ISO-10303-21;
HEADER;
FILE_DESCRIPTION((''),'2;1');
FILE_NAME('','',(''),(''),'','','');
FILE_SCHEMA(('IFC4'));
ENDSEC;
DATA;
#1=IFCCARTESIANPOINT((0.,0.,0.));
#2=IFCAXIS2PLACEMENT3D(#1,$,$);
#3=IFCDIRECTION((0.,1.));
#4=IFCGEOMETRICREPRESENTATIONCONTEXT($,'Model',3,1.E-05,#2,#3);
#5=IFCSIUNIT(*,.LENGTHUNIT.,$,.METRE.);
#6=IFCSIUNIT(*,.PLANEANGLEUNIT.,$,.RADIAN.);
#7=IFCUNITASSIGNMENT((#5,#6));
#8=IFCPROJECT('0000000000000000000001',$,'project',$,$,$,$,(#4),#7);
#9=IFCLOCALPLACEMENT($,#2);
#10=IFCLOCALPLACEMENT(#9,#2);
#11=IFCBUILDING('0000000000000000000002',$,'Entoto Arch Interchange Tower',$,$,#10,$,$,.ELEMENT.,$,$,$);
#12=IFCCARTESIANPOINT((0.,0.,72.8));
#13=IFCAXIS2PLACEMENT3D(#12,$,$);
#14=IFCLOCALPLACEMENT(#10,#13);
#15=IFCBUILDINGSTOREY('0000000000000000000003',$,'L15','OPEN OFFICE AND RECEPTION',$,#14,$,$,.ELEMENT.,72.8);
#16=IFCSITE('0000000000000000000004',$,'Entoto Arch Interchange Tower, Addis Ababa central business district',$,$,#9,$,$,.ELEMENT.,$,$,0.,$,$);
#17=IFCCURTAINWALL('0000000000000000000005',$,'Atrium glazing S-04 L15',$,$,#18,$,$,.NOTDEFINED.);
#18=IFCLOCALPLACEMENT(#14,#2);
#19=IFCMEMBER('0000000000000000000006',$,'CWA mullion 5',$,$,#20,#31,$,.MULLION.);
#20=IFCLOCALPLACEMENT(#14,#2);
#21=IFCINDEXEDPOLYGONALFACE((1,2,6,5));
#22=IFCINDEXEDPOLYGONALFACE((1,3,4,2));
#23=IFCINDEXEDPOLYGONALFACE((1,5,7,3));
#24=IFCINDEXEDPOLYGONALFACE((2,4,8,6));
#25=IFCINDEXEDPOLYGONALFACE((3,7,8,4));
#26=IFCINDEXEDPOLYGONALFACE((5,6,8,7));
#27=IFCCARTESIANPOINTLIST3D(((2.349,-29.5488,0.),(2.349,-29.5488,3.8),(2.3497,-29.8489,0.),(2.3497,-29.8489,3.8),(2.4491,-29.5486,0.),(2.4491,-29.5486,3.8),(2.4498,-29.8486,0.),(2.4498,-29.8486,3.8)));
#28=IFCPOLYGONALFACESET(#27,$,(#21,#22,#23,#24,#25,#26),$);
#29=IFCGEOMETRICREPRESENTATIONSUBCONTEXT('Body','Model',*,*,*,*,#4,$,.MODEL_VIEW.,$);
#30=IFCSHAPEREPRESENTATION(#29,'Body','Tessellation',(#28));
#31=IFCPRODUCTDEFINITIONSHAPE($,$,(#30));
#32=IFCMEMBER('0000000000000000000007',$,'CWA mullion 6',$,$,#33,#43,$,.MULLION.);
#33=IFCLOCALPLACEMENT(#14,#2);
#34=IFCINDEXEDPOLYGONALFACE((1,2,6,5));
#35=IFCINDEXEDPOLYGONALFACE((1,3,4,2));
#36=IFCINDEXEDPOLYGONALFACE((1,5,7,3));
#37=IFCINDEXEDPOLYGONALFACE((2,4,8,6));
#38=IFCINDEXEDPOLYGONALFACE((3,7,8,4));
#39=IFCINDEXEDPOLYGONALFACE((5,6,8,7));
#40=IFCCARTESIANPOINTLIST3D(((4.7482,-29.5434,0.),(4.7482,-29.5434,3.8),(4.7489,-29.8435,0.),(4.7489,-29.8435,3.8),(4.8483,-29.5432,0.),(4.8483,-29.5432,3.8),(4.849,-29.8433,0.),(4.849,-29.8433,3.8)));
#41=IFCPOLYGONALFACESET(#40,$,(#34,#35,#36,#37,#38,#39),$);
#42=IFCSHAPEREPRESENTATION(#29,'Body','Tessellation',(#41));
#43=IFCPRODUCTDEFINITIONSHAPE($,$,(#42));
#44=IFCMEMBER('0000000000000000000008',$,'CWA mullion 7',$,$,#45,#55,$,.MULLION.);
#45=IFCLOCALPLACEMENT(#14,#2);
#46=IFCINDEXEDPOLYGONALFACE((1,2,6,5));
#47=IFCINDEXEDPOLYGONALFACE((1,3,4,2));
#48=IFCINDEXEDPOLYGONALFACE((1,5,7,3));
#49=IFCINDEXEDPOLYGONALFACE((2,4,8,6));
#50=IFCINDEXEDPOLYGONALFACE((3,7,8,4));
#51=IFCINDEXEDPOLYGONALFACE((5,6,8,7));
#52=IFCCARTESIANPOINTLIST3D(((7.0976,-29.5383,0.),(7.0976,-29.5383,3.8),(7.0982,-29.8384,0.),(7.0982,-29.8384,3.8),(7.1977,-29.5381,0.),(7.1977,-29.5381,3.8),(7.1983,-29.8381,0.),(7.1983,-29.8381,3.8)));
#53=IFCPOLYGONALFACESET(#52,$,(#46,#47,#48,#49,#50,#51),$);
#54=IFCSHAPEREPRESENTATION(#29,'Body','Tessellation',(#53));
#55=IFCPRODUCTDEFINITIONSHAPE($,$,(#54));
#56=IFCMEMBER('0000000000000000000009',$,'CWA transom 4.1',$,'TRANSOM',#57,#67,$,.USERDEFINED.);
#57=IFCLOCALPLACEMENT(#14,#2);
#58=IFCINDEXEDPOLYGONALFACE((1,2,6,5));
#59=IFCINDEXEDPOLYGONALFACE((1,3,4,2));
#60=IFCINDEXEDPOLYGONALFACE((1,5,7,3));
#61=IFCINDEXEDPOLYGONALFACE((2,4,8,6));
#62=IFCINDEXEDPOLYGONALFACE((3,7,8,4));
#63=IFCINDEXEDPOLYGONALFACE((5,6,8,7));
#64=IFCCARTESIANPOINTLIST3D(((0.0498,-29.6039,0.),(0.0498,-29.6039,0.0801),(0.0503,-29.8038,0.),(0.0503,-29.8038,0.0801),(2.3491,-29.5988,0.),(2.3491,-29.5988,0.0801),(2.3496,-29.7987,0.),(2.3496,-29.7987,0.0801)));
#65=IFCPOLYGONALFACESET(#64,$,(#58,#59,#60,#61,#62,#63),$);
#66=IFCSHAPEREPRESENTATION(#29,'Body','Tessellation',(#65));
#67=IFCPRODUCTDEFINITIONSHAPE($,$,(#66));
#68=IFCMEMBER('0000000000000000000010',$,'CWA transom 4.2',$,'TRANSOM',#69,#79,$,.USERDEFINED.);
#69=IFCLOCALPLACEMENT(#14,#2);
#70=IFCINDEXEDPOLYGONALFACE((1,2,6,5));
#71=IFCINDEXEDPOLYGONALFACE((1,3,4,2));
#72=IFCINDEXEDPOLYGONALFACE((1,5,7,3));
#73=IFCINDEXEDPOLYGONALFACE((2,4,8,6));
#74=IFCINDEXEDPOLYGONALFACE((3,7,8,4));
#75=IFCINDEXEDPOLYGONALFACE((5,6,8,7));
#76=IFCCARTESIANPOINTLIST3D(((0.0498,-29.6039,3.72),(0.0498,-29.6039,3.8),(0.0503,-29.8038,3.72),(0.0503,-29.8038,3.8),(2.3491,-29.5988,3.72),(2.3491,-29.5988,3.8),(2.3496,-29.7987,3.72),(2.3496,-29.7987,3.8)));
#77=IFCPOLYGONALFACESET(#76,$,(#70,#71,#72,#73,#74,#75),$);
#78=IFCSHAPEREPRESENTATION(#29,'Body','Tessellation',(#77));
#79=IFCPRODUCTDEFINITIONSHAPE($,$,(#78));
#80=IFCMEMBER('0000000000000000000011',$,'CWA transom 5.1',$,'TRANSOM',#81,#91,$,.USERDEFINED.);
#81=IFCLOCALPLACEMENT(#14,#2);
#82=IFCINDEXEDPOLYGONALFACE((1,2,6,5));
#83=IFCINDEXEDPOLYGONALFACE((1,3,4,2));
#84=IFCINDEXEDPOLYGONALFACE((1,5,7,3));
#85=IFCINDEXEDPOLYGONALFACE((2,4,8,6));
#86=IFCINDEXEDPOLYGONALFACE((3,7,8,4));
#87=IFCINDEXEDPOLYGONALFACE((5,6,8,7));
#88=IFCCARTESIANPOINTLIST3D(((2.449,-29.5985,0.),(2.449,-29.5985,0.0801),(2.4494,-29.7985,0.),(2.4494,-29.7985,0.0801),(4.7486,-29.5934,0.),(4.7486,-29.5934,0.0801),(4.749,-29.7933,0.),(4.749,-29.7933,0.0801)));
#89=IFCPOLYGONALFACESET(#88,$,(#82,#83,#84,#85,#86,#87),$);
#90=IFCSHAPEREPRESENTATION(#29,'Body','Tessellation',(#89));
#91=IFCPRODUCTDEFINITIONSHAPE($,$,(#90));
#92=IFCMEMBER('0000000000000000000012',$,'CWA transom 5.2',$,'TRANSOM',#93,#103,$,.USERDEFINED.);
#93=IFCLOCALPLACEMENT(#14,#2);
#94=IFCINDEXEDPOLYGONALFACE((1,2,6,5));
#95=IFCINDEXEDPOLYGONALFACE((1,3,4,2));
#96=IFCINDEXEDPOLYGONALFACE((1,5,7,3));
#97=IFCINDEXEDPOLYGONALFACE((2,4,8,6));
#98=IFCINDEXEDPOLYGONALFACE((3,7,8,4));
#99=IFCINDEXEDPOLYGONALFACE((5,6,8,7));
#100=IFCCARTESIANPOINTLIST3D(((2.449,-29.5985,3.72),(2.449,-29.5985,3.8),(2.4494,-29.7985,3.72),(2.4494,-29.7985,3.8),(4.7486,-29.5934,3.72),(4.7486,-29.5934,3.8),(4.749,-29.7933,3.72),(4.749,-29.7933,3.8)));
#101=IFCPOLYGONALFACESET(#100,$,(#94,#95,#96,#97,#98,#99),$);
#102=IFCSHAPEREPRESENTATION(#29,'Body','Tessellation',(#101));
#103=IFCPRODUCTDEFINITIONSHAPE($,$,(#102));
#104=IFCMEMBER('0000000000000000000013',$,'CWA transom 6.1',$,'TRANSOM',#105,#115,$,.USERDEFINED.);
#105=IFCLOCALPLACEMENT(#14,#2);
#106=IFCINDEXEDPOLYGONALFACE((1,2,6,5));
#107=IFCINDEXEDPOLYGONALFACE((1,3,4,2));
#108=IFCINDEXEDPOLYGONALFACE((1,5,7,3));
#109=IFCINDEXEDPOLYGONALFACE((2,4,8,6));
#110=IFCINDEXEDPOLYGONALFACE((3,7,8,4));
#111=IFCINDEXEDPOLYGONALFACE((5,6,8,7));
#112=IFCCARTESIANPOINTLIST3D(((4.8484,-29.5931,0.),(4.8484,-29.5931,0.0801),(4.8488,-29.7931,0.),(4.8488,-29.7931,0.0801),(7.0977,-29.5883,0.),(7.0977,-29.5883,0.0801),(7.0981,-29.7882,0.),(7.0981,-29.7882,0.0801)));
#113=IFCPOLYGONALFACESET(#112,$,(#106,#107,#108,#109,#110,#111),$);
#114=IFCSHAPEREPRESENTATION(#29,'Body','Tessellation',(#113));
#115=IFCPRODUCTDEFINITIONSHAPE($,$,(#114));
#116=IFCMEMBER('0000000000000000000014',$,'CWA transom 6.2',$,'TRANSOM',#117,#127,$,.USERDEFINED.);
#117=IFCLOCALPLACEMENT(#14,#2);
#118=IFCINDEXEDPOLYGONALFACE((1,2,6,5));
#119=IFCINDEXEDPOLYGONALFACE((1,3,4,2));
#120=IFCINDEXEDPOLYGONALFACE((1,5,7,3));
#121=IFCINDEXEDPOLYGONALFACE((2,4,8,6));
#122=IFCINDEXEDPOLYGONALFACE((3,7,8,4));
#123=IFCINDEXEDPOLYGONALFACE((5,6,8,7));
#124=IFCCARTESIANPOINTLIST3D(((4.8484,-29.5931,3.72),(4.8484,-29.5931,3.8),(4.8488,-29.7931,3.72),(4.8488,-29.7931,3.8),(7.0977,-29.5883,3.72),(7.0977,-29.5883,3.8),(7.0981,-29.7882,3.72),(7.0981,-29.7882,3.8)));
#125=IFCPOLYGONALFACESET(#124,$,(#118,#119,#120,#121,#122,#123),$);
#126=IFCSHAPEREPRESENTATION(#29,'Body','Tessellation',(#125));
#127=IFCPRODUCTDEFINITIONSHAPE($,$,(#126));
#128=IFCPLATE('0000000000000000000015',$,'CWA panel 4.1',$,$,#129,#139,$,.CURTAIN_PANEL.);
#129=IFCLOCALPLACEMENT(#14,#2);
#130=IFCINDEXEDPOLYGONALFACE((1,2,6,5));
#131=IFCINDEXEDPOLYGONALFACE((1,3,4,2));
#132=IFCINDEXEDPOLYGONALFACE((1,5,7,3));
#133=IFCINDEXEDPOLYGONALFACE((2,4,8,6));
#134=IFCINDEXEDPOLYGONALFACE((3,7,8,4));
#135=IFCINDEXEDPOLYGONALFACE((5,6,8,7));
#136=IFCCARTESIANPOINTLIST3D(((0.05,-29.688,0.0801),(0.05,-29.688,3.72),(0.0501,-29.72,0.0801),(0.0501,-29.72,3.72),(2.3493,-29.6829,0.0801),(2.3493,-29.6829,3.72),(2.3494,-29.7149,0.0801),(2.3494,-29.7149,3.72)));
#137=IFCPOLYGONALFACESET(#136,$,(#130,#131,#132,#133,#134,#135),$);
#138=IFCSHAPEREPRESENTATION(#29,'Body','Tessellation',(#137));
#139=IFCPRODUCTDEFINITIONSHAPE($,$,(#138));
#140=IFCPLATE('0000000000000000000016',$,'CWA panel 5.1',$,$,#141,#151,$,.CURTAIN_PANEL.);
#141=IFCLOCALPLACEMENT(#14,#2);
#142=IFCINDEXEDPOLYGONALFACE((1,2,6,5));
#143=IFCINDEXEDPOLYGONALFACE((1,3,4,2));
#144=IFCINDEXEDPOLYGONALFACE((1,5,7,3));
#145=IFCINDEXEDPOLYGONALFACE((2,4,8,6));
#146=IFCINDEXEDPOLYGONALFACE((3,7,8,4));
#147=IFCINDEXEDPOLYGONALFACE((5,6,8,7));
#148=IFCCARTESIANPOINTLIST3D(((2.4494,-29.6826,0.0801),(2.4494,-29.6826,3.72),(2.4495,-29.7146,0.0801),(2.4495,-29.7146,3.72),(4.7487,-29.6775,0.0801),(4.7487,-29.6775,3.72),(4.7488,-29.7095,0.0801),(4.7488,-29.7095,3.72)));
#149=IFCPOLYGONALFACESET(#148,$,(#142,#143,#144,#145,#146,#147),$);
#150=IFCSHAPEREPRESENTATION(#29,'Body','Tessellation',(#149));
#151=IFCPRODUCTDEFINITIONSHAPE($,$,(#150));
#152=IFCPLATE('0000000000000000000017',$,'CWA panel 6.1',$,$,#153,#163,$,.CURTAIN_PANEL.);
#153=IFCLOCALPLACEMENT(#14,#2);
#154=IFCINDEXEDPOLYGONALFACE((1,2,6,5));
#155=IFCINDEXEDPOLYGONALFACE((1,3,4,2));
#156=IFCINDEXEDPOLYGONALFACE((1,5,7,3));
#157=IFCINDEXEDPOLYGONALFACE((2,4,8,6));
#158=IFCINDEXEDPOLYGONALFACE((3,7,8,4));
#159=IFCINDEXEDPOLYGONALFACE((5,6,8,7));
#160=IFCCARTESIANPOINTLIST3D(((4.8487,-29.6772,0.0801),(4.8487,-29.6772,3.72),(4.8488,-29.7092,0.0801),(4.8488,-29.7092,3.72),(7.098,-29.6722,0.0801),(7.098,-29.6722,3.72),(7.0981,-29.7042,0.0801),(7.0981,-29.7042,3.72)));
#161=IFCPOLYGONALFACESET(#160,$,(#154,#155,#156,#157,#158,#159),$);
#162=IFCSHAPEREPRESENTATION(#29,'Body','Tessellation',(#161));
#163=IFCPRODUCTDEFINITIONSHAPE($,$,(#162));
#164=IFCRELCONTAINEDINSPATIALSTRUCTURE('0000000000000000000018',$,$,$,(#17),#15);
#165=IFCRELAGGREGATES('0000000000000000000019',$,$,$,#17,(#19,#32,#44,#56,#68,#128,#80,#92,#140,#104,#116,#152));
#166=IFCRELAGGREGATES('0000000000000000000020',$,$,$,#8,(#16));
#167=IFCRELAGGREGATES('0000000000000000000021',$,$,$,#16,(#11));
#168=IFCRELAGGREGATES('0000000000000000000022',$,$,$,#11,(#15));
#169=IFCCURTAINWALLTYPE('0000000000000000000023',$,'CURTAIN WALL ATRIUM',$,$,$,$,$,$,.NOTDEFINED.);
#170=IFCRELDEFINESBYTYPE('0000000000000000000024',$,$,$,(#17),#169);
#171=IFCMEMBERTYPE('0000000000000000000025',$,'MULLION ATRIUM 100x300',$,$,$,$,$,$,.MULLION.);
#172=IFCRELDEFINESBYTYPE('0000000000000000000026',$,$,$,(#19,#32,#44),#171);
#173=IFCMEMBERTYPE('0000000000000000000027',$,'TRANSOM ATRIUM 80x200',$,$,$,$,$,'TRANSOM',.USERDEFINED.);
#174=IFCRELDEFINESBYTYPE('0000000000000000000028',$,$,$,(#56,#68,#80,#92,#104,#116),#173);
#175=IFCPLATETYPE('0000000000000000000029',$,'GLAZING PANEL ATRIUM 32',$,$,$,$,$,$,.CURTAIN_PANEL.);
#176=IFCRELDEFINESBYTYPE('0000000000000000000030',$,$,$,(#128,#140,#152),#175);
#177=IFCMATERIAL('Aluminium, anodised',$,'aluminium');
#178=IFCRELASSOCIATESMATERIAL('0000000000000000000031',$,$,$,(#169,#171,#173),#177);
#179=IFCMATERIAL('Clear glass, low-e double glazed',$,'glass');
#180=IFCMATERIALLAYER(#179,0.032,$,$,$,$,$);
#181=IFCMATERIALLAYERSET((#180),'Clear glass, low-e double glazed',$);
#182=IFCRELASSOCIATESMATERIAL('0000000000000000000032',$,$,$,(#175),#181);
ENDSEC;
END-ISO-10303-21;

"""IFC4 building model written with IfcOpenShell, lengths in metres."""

from ifc_helpers import new_model, si_unit, direction, frame, origin, origin_2d, place, context, subcontext, project, spatial, rectangle, extrude, material, layer, layer_set, material_profile, profile_set, type_object, element, aggregate, save


model = new_model("IFC4")

# Units and contexts
model_context = context("Model", 3, precision=1e-05, world=origin(), true_north=direction((0.0, 1.0)))
body_context = subcontext(model_context, "Body", "Model", "MODEL_VIEW")
ifc_project = project(units=[si_unit("LENGTHUNIT", "METRE"), si_unit("PLANEANGLEUNIT", "RADIAN")], contexts=[model_context])

# Site, building, storey
site_placement = place(None, origin())
site = spatial("IfcSite", under=ifc_project, at=site_placement, Name="Entoto Arch Interchange Tower, Addis Ababa central business district", CompositionType="ELEMENT", RefElevation=0.0)
building_placement = place(site_placement, origin())
building = spatial("IfcBuilding", under=site, at=building_placement, Name="Entoto Arch Interchange Tower", CompositionType="ELEMENT")
storey_placement = place(building_placement, frame((0.0, 0.0, 72.8)))
storey = spatial("IfcBuildingStorey", under=building, at=storey_placement, Name="L15", Description="OPEN OFFICE AND RECEPTION", CompositionType="ELEMENT", Elevation=72.8)

# Curtain wall, members, plates
ifc_material_1 = material(Name="Aluminium, anodised", Category="aluminium")
curtain_wall_type = type_object("IfcCurtainWallType", Name="CURTAIN WALL ATRIUM", PredefinedType="NOTDEFINED", material=ifc_material_1)
curtain_wall_placement = place(storey_placement, origin())
curtain_wall = element("IfcCurtainWall", 1, at=curtain_wall_placement, inside=storey, type_object=curtain_wall_type, Name="Atrium glazing S-04 L15", PredefinedType="NOTDEFINED")
ifc_material_profile_1 = material_profile(ifc_material_1, rectangle(XDim=0.3, YDim=0.1001, at=origin_2d()))
ifc_profile_set_1 = profile_set([ifc_material_profile_1], Name="Aluminium, anodised")
member_type_1 = type_object("IfcMemberType", Name="MULLION ATRIUM 100x300", PredefinedType="MULLION", material=ifc_profile_set_1)
member_1_placement = place(storey_placement, frame((2.3994, -29.6987, 0.0), z_axis=(0.0, 0.0, 1.0), x_axis=(-0.002223, 0.999998, 0.0)))
member_1 = element("IfcMember", 2, at=member_1_placement, type_object=member_type_1, Name="CWA mullion 5", PredefinedType="MULLION", context=body_context, shape_type="SweptSolid", body=[
    extrude(rectangle(XDim=0.3, YDim=0.1001, at=origin_2d()), origin(), (0.0, 0.0, 1.0), 3.8),
])
member_2_placement = place(storey_placement, frame((4.7986, -29.6934, 0.0), z_axis=(0.0, 0.0, 1.0), x_axis=(-0.002223, 0.999998, 0.0)))
member_2 = element("IfcMember", 3, at=member_2_placement, type_object=member_type_1, Name="CWA mullion 6", PredefinedType="MULLION", context=body_context, shape_type="SweptSolid", body=[
    extrude(rectangle(XDim=0.3, YDim=0.1001, at=origin_2d()), origin(), (0.0, 0.0, 1.0), 3.8),
])
member_3_placement = place(storey_placement, frame((7.1479, -29.6882, 0.0), z_axis=(0.0, 0.0, 1.0), x_axis=(-0.002223, 0.999998, 0.0)))
member_3 = element("IfcMember", 4, at=member_3_placement, type_object=member_type_1, Name="CWA mullion 7", PredefinedType="MULLION", context=body_context, shape_type="SweptSolid", body=[
    extrude(rectangle(XDim=0.3, YDim=0.1001, at=origin_2d()), origin(), (0.0, 0.0, 1.0), 3.8),
])
ifc_material_profile_2 = material_profile(ifc_material_1, rectangle(XDim=0.2, YDim=0.0801, at=origin_2d()))
ifc_profile_set_2 = profile_set([ifc_material_profile_2], Name="Aluminium, anodised")
member_type_2 = type_object("IfcMemberType", Name="TRANSOM ATRIUM 80x200", ElementType="TRANSOM", PredefinedType="USERDEFINED", material=ifc_profile_set_2)
member_4_placement = place(storey_placement, frame((0.05, -29.7039, 0.04), z_axis=(0.999998, 0.00223, 0.0), x_axis=(-0.00223, 0.999998, 0.0)))
member_4 = element("IfcMember", 5, at=member_4_placement, type_object=member_type_2, Name="CWA transom 4.1", ObjectType="TRANSOM", PredefinedType="USERDEFINED", context=body_context, shape_type="SweptSolid", body=[
    extrude(rectangle(XDim=0.2, YDim=0.0801, at=origin_2d()), origin(), (0.0, 0.0, 1.0), 2.2993),
])
member_5_placement = place(storey_placement, frame((0.05, -29.7039, 3.76), z_axis=(0.999998, 0.00223, 0.0), x_axis=(-0.00223, 0.999998, 0.0)))
member_5 = element("IfcMember", 6, at=member_5_placement, type_object=member_type_2, Name="CWA transom 4.2", ObjectType="TRANSOM", PredefinedType="USERDEFINED", context=body_context, shape_type="SweptSolid", body=[
    extrude(rectangle(XDim=0.2, YDim=0.0801, at=origin_2d()), origin(), (0.0, 0.0, 1.0), 2.2993),
])
member_6_placement = place(storey_placement, frame((2.4492, -29.6985, 0.04), z_axis=(0.999998, 0.00223, 0.0), x_axis=(-0.00223, 0.999998, 0.0)))
member_6 = element("IfcMember", 7, at=member_6_placement, type_object=member_type_2, Name="CWA transom 5.1", ObjectType="TRANSOM", PredefinedType="USERDEFINED", context=body_context, shape_type="SweptSolid", body=[
    extrude(rectangle(XDim=0.2, YDim=0.0801, at=origin_2d()), origin(), (0.0, 0.0, 1.0), 2.2996),
])
member_7_placement = place(storey_placement, frame((2.4492, -29.6985, 3.76), z_axis=(0.999998, 0.00223, 0.0), x_axis=(-0.00223, 0.999998, 0.0)))
member_7 = element("IfcMember", 8, at=member_7_placement, type_object=member_type_2, Name="CWA transom 5.2", ObjectType="TRANSOM", PredefinedType="USERDEFINED", context=body_context, shape_type="SweptSolid", body=[
    extrude(rectangle(XDim=0.2, YDim=0.0801, at=origin_2d()), origin(), (0.0, 0.0, 1.0), 2.2996),
])
member_8_placement = place(storey_placement, frame((4.8486, -29.6931, 0.04), z_axis=(0.999998, 0.002171, 0.0), x_axis=(-0.002171, 0.999998, 0.0)))
member_8 = element("IfcMember", 9, at=member_8_placement, type_object=member_type_2, Name="CWA transom 6.1", ObjectType="TRANSOM", PredefinedType="USERDEFINED", context=body_context, shape_type="SweptSolid", body=[
    extrude(rectangle(XDim=0.2, YDim=0.0801, at=origin_2d()), origin(), (0.0, 0.0, 1.0), 2.2493),
])
member_9_placement = place(storey_placement, frame((4.8486, -29.6931, 3.76), z_axis=(0.999998, 0.002171, 0.0), x_axis=(-0.002171, 0.999998, 0.0)))
member_9 = element("IfcMember", 10, at=member_9_placement, type_object=member_type_2, Name="CWA transom 6.2", ObjectType="TRANSOM", PredefinedType="USERDEFINED", context=body_context, shape_type="SweptSolid", body=[
    extrude(rectangle(XDim=0.2, YDim=0.0801, at=origin_2d()), origin(), (0.0, 0.0, 1.0), 2.2493),
])
ifc_material_2 = material(Name="Clear glass, low-e double glazed", Category="glass")
ifc_layer_1 = layer(ifc_material_2, 0.032)
ifc_layer_set_1 = layer_set([ifc_layer_1], Name="Clear glass, low-e double glazed")
plate_type = type_object("IfcPlateType", Name="GLAZING PANEL ATRIUM 32", PredefinedType="CURTAIN_PANEL", material=ifc_layer_set_1)
plate_1_placement = place(storey_placement, frame((1.1997, -29.7014, 0.0801), z_axis=(0.0, 0.0, 1.0), x_axis=(0.999998, 0.002223, 0.0)))
plate_1 = element("IfcPlate", 11, at=plate_1_placement, type_object=plate_type, Name="CWA panel 4.1", PredefinedType="CURTAIN_PANEL", context=body_context, shape_type="SweptSolid", body=[
    extrude(rectangle(XDim=2.2993, YDim=0.032, at=origin_2d()), origin(), (0.0, 0.0, 1.0), 3.6399),
])
plate_2_placement = place(storey_placement, frame((3.5991, -29.696, 0.0801), z_axis=(0.0, 0.0, 1.0), x_axis=(0.999998, 0.002223, 0.0)))
plate_2 = element("IfcPlate", 12, at=plate_2_placement, type_object=plate_type, Name="CWA panel 5.1", PredefinedType="CURTAIN_PANEL", context=body_context, shape_type="SweptSolid", body=[
    extrude(rectangle(XDim=2.2993, YDim=0.032, at=origin_2d()), origin(), (0.0, 0.0, 1.0), 3.6399),
])
plate_3_placement = place(storey_placement, frame((5.9734, -29.6907, 0.0801), z_axis=(0.0, 0.0, 1.0), x_axis=(0.999998, 0.002223, 0.0)))
plate_3 = element("IfcPlate", 13, at=plate_3_placement, type_object=plate_type, Name="CWA panel 6.1", PredefinedType="CURTAIN_PANEL", context=body_context, shape_type="SweptSolid", body=[
    extrude(rectangle(XDim=2.2493, YDim=0.032, at=origin_2d()), origin(), (0.0, 0.0, 1.0), 3.6399),
])
aggregate(curtain_wall, [member_1, member_2, member_3, member_4, member_5, plate_1, member_6, member_7, plate_2, member_8, member_9, plate_3])

save(model, "model.ifc")
